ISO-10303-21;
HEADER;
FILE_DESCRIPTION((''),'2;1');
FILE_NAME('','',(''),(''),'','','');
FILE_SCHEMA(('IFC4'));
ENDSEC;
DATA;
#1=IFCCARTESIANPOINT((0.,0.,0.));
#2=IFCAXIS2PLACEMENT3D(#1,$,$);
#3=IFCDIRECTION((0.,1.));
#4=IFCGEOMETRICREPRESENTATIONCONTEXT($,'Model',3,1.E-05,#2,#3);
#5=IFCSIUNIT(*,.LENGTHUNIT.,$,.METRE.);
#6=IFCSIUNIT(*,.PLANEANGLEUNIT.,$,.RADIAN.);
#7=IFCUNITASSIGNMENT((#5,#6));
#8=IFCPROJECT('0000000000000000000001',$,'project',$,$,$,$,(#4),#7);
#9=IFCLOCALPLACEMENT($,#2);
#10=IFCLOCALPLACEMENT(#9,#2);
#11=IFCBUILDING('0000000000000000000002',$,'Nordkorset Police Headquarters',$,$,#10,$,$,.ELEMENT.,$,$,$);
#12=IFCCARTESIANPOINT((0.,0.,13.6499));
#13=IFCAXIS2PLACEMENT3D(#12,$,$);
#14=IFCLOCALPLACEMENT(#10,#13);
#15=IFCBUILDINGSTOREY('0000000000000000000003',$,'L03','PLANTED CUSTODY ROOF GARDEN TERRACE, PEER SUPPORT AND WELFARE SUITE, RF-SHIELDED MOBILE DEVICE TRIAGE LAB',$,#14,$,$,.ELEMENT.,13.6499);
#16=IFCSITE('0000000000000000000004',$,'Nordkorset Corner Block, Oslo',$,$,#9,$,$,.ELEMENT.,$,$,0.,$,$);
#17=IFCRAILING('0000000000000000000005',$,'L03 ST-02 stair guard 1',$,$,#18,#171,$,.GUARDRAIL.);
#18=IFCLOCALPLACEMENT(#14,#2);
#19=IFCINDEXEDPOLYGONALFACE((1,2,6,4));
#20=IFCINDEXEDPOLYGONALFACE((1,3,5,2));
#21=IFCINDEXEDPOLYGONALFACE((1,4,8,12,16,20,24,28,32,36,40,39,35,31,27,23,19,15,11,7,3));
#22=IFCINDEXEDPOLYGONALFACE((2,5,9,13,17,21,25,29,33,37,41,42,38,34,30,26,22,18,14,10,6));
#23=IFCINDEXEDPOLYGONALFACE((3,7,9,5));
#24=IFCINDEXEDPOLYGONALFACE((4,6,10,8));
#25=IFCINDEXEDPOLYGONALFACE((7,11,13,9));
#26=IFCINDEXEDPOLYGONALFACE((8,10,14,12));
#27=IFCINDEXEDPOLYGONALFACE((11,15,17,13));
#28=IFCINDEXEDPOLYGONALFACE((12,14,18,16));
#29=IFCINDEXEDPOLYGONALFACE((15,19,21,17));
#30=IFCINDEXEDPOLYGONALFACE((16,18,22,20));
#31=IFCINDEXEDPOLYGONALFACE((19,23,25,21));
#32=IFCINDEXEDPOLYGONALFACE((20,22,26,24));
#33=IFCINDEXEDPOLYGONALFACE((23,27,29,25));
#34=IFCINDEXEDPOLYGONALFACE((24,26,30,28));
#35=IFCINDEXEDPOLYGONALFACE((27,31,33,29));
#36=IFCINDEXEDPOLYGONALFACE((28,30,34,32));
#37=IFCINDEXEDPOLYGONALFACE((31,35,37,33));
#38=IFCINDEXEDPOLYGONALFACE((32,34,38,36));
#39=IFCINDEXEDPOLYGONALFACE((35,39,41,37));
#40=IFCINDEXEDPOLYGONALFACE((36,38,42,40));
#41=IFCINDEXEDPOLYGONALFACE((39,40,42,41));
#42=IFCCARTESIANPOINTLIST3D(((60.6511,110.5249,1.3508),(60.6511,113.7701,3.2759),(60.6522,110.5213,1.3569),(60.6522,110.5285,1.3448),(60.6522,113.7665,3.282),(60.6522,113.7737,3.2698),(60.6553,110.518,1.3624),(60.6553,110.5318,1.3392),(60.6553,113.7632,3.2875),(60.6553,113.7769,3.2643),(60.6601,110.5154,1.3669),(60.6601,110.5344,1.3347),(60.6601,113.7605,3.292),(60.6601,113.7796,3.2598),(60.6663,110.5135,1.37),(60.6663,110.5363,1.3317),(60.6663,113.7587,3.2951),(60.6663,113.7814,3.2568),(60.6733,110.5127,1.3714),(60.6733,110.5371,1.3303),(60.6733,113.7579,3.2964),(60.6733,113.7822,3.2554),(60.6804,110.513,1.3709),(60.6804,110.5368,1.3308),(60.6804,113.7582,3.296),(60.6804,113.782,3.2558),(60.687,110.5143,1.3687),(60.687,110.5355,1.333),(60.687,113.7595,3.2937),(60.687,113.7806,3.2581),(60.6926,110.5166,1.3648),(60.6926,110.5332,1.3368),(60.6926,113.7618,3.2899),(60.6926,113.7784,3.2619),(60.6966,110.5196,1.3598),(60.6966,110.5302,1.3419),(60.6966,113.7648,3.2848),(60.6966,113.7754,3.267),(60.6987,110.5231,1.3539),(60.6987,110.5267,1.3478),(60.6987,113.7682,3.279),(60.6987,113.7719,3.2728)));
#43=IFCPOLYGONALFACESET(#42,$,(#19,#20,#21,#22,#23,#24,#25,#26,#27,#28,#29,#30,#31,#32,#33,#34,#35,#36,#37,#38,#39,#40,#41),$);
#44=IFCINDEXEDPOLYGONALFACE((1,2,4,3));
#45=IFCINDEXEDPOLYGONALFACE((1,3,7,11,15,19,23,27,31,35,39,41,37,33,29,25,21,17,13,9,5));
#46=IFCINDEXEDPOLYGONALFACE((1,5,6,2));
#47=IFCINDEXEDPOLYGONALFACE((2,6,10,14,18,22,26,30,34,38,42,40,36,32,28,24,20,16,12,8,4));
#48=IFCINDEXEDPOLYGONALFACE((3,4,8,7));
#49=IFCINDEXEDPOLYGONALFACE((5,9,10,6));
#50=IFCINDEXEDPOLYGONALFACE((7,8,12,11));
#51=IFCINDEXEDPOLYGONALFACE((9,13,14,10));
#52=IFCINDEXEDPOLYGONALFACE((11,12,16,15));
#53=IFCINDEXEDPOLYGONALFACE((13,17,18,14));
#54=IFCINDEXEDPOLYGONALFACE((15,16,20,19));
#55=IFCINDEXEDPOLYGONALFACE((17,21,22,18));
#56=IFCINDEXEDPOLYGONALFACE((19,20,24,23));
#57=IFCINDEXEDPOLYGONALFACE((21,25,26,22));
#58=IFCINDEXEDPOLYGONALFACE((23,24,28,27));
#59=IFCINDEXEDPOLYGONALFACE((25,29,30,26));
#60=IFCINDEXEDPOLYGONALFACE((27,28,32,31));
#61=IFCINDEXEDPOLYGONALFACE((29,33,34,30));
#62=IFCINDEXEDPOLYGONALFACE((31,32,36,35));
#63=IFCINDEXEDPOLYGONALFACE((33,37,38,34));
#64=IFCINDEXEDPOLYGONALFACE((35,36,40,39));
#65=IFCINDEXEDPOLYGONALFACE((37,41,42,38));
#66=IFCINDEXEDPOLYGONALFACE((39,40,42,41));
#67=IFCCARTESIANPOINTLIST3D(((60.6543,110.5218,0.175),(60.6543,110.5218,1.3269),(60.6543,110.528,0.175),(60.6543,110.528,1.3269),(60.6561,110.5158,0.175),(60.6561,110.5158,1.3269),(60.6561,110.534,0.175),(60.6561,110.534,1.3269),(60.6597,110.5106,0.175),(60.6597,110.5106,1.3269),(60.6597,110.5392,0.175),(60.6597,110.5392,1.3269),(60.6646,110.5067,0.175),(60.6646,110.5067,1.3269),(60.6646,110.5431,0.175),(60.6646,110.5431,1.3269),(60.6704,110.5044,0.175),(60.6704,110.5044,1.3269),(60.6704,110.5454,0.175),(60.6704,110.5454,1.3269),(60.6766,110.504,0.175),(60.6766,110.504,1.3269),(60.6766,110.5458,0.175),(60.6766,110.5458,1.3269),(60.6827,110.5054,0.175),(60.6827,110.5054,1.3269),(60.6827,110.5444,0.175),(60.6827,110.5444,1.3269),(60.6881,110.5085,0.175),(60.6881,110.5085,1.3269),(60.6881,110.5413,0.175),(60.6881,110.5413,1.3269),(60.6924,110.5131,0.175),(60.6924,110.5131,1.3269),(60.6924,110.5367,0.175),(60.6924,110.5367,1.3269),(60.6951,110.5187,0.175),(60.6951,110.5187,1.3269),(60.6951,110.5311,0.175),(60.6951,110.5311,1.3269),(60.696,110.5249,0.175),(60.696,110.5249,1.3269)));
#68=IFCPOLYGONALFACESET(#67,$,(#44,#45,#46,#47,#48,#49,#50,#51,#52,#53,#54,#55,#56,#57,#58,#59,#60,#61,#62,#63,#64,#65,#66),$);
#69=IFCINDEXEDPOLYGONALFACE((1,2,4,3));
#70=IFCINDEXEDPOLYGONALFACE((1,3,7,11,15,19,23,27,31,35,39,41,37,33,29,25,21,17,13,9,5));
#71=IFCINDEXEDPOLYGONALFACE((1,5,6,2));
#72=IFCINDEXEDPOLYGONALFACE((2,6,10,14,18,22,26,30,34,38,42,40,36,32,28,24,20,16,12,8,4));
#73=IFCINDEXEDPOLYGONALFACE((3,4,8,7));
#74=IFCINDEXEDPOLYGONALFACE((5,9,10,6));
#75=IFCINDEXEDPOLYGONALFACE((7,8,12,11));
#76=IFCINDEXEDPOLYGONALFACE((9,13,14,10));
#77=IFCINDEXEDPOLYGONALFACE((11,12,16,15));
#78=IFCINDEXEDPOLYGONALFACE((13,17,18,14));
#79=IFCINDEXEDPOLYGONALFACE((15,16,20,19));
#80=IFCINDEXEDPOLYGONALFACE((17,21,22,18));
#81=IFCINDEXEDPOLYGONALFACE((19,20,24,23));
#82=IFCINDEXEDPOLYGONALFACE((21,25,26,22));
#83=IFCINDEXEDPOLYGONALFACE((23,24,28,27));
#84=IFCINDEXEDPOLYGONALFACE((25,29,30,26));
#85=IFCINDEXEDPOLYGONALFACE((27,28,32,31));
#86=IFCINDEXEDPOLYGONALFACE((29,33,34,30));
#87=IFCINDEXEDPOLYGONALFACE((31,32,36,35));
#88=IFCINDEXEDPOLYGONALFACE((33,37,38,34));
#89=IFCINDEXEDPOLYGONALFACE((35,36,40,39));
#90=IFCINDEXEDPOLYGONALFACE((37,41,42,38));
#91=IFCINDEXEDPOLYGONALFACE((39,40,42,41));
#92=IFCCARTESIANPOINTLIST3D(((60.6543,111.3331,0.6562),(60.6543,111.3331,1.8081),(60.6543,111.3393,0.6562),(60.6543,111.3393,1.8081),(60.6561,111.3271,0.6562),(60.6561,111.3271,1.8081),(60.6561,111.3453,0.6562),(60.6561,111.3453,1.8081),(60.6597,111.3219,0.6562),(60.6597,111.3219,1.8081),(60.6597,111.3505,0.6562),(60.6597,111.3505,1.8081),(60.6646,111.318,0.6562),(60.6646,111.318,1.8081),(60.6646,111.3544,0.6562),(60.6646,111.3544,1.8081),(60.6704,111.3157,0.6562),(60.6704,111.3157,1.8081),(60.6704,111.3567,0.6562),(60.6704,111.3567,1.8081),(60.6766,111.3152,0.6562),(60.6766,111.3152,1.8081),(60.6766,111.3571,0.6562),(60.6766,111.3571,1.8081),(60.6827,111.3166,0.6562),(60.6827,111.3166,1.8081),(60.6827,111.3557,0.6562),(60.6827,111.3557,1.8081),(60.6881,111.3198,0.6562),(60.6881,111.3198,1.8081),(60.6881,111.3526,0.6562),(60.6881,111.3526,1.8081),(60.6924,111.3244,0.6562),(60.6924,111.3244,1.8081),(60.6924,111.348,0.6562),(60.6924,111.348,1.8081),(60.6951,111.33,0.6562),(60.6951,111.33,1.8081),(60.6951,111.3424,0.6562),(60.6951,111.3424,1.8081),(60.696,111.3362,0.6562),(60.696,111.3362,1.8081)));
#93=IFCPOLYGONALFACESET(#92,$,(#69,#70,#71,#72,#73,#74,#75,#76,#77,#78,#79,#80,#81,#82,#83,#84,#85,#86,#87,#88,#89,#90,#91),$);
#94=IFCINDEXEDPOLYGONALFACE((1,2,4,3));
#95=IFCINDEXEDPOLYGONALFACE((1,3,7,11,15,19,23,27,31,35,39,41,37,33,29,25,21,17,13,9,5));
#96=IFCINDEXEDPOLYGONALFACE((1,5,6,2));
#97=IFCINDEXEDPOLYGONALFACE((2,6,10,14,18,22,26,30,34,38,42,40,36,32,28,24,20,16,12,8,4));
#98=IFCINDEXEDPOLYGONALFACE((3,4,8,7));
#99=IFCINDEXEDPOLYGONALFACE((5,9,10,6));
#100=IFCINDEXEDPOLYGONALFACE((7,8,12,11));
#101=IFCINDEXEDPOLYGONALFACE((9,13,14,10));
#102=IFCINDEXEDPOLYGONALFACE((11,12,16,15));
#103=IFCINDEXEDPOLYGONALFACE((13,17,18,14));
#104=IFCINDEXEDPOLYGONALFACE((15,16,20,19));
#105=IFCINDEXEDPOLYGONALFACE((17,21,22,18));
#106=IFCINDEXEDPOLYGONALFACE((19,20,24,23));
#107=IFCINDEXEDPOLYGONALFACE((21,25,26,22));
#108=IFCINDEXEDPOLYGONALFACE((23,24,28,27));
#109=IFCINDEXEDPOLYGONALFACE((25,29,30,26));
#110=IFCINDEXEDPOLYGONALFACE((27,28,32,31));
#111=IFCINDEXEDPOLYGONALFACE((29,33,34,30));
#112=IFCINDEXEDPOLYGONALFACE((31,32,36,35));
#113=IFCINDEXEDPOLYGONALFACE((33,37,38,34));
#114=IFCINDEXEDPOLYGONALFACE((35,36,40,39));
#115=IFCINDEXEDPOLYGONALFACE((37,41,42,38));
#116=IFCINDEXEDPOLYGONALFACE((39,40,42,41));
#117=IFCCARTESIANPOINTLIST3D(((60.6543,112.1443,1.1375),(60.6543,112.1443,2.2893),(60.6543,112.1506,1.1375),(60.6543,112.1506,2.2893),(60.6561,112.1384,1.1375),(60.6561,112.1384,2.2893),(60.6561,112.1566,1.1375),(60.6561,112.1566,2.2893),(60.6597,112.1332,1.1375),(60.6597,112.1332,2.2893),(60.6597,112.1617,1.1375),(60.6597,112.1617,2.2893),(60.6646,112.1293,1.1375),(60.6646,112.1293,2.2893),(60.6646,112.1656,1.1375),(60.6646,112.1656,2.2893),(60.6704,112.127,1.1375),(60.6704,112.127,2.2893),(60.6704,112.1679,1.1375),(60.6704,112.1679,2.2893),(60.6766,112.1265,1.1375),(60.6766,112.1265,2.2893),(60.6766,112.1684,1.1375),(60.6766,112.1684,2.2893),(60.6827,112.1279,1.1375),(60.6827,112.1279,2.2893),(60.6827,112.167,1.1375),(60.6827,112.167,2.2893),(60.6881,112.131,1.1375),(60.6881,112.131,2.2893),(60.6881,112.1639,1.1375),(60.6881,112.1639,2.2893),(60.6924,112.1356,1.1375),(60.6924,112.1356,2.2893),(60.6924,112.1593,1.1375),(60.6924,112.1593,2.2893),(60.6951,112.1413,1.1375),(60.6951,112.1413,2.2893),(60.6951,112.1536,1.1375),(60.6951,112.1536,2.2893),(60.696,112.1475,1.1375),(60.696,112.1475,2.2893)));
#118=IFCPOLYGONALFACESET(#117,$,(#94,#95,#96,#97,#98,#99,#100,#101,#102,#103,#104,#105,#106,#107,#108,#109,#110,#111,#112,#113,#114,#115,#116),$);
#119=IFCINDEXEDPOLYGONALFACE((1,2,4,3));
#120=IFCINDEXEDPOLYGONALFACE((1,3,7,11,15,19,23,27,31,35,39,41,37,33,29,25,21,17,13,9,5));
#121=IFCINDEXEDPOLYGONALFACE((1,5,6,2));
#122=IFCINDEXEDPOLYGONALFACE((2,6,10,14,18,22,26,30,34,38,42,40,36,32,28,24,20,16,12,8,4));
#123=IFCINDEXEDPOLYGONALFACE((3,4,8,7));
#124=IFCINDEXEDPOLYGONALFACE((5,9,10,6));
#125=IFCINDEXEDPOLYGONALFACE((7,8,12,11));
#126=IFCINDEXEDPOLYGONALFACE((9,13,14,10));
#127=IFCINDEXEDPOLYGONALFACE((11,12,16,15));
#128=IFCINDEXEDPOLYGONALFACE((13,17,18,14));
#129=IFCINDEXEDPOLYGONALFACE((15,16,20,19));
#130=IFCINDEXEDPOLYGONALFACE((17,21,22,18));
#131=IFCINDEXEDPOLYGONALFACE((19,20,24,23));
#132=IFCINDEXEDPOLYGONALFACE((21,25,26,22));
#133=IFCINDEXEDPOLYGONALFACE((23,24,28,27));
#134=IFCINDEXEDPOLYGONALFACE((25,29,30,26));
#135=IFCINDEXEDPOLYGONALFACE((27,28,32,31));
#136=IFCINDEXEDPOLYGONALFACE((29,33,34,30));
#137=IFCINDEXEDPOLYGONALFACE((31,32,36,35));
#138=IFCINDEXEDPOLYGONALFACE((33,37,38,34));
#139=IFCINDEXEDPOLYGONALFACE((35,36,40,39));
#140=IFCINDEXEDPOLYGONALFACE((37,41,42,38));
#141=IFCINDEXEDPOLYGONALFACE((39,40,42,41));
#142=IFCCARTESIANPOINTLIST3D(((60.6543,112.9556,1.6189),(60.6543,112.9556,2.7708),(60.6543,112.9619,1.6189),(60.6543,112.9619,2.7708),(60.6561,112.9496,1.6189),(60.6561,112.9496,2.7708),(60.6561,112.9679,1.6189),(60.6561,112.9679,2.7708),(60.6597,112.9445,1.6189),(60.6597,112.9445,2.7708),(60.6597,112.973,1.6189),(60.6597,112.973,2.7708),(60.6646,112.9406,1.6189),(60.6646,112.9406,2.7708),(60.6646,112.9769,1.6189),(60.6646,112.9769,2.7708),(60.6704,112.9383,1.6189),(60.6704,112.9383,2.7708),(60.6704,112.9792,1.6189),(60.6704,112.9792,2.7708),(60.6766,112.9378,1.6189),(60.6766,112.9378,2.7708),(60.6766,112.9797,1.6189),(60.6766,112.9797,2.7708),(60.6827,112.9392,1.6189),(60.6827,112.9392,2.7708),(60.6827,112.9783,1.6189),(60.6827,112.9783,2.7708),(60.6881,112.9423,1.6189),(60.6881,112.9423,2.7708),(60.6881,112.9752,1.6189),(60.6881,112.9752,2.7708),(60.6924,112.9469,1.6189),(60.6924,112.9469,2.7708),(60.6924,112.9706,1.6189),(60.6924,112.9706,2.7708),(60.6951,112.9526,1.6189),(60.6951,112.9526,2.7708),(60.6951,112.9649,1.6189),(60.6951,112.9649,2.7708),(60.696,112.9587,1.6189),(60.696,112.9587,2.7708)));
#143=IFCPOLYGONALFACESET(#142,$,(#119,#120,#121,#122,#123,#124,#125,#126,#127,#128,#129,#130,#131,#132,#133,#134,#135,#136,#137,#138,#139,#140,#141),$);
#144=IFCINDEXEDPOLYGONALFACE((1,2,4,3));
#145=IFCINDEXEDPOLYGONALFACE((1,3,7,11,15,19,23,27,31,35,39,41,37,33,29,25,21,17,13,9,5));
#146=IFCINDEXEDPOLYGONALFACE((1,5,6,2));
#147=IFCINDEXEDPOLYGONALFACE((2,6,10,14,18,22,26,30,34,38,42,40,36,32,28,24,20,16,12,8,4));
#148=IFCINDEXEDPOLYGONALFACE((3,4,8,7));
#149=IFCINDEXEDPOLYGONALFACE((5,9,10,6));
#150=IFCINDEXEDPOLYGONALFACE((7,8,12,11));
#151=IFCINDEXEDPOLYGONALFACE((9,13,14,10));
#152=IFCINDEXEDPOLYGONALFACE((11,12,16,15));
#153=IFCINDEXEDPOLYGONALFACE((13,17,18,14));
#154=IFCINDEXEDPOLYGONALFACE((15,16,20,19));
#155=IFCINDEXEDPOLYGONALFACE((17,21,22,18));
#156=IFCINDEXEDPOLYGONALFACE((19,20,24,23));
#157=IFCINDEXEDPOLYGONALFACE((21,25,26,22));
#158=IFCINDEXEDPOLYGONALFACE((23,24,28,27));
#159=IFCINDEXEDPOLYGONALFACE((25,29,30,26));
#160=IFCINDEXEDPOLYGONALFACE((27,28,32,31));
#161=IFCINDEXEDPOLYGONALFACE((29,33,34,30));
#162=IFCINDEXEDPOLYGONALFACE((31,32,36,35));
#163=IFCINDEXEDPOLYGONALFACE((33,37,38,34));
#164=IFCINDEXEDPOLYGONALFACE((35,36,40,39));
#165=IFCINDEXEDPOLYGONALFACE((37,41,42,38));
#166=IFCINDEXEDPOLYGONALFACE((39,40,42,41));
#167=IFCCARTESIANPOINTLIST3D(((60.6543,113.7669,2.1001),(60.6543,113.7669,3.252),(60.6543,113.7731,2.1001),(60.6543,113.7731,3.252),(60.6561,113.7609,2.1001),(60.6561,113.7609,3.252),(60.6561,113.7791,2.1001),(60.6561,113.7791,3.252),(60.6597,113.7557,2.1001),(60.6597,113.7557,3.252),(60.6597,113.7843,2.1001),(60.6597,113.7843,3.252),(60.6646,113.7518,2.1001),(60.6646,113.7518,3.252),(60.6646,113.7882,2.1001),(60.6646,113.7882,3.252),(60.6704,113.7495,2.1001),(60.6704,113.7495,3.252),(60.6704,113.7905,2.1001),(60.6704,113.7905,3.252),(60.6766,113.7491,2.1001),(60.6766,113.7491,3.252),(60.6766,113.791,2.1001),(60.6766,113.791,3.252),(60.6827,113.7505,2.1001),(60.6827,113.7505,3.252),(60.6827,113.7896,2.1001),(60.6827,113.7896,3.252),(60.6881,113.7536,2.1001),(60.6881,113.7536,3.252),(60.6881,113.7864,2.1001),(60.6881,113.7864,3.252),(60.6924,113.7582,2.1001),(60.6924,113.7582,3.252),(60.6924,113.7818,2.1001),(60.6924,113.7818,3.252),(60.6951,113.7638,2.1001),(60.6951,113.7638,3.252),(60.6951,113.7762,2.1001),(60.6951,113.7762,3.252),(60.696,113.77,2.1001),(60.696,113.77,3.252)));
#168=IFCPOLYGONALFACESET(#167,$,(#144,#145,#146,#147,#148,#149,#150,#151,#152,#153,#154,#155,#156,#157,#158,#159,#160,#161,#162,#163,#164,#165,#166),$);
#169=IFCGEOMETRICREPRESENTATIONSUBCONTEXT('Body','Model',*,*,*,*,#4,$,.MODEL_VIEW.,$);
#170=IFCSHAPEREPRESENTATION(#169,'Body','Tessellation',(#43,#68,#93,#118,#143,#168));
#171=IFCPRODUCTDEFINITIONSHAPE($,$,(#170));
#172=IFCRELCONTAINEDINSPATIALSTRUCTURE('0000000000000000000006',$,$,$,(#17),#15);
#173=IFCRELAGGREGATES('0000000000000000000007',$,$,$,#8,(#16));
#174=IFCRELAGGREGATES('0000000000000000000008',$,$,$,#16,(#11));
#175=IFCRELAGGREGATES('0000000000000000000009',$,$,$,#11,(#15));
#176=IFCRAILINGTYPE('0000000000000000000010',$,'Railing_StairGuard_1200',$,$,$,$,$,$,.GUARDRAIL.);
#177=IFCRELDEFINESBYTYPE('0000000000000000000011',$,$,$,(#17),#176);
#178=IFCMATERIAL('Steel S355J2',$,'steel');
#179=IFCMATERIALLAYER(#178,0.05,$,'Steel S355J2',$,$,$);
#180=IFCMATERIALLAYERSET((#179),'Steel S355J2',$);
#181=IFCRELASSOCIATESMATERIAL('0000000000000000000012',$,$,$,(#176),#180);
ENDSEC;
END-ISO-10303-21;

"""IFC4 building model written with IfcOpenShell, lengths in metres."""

from ifc_helpers import new_model, si_unit, direction, frame, origin, origin_2d, place, context, subcontext, project, spatial, circle, extrude, material, layer, layer_set, type_object, element, save


model = new_model("IFC4")

# Units and contexts
model_context = context("Model", 3, precision=1e-05, world=origin(), true_north=direction((0.0, 1.0)))
body_context = subcontext(model_context, "Body", "Model", "MODEL_VIEW")
ifc_project = project(units=[si_unit("LENGTHUNIT", "METRE"), si_unit("PLANEANGLEUNIT", "RADIAN")], contexts=[model_context])

# Site, building, storey
site_placement = place(None, origin())
site = spatial("IfcSite", under=ifc_project, at=site_placement, Name="Nordkorset Corner Block, Oslo", CompositionType="ELEMENT", RefElevation=0.0)
building_placement = place(site_placement, origin())
building = spatial("IfcBuilding", under=site, at=building_placement, Name="Nordkorset Police Headquarters", CompositionType="ELEMENT")
storey_placement = place(building_placement, frame((0.0, 0.0, 13.6499)))
storey = spatial("IfcBuildingStorey", under=building, at=storey_placement, Name="L03", Description="PLANTED CUSTODY ROOF GARDEN TERRACE, PEER SUPPORT AND WELFARE SUITE, RF-SHIELDED MOBILE DEVICE TRIAGE LAB", CompositionType="ELEMENT", Elevation=13.6499)

# Railing
ifc_material_1 = material(Name="Steel S355J2", Category="steel")
ifc_layer_1 = layer(ifc_material_1, 0.05, Name="Steel S355J2")
ifc_layer_set_1 = layer_set([ifc_layer_1], Name="Steel S355J2")
railing_type_1 = type_object("IfcRailingType", Name="Railing_StairGuard_1200", PredefinedType="GUARDRAIL", material=ifc_layer_set_1)
railing_1_placement = place(storey_placement, frame((60.675, 110.5249, 0.175)))
element("IfcRailing", 1, at=railing_1_placement, inside=storey, type_object=railing_type_1, Name="L03 ST-02 stair guard 1", PredefinedType="GUARDRAIL", context=body_context, shape_type="SweptSolid", body=[
    extrude(circle(Radius=0.0239, at=origin_2d()), frame((0.0, 0.0, 1.1758), z_axis=(0.0, 0.860057, 0.510198), x_axis=(-1.0, 0.0, 0.0)), (0.0, 0.0, 1.0), 3.7732),
    extrude(circle(Radius=0.021, at=origin_2d()), origin(), (0.0, 0.0, 1.0), 1.1519),
    extrude(circle(Radius=0.021, at=origin_2d()), frame((0.0, 0.8113, 0.4812)), (0.0, 0.0, 1.0), 1.1519),
    extrude(circle(Radius=0.021, at=origin_2d()), frame((0.0, 1.6226, 0.9624)), (0.0, 0.0, 1.0), 1.1519),
    extrude(circle(Radius=0.021, at=origin_2d()), frame((0.0, 2.4338, 1.4438)), (0.0, 0.0, 1.0), 1.1519),
    extrude(circle(Radius=0.021, at=origin_2d()), frame((0.0, 3.2451, 1.925)), (0.0, 0.0, 1.0), 1.1519),
])

save(model, "model.ifc")
